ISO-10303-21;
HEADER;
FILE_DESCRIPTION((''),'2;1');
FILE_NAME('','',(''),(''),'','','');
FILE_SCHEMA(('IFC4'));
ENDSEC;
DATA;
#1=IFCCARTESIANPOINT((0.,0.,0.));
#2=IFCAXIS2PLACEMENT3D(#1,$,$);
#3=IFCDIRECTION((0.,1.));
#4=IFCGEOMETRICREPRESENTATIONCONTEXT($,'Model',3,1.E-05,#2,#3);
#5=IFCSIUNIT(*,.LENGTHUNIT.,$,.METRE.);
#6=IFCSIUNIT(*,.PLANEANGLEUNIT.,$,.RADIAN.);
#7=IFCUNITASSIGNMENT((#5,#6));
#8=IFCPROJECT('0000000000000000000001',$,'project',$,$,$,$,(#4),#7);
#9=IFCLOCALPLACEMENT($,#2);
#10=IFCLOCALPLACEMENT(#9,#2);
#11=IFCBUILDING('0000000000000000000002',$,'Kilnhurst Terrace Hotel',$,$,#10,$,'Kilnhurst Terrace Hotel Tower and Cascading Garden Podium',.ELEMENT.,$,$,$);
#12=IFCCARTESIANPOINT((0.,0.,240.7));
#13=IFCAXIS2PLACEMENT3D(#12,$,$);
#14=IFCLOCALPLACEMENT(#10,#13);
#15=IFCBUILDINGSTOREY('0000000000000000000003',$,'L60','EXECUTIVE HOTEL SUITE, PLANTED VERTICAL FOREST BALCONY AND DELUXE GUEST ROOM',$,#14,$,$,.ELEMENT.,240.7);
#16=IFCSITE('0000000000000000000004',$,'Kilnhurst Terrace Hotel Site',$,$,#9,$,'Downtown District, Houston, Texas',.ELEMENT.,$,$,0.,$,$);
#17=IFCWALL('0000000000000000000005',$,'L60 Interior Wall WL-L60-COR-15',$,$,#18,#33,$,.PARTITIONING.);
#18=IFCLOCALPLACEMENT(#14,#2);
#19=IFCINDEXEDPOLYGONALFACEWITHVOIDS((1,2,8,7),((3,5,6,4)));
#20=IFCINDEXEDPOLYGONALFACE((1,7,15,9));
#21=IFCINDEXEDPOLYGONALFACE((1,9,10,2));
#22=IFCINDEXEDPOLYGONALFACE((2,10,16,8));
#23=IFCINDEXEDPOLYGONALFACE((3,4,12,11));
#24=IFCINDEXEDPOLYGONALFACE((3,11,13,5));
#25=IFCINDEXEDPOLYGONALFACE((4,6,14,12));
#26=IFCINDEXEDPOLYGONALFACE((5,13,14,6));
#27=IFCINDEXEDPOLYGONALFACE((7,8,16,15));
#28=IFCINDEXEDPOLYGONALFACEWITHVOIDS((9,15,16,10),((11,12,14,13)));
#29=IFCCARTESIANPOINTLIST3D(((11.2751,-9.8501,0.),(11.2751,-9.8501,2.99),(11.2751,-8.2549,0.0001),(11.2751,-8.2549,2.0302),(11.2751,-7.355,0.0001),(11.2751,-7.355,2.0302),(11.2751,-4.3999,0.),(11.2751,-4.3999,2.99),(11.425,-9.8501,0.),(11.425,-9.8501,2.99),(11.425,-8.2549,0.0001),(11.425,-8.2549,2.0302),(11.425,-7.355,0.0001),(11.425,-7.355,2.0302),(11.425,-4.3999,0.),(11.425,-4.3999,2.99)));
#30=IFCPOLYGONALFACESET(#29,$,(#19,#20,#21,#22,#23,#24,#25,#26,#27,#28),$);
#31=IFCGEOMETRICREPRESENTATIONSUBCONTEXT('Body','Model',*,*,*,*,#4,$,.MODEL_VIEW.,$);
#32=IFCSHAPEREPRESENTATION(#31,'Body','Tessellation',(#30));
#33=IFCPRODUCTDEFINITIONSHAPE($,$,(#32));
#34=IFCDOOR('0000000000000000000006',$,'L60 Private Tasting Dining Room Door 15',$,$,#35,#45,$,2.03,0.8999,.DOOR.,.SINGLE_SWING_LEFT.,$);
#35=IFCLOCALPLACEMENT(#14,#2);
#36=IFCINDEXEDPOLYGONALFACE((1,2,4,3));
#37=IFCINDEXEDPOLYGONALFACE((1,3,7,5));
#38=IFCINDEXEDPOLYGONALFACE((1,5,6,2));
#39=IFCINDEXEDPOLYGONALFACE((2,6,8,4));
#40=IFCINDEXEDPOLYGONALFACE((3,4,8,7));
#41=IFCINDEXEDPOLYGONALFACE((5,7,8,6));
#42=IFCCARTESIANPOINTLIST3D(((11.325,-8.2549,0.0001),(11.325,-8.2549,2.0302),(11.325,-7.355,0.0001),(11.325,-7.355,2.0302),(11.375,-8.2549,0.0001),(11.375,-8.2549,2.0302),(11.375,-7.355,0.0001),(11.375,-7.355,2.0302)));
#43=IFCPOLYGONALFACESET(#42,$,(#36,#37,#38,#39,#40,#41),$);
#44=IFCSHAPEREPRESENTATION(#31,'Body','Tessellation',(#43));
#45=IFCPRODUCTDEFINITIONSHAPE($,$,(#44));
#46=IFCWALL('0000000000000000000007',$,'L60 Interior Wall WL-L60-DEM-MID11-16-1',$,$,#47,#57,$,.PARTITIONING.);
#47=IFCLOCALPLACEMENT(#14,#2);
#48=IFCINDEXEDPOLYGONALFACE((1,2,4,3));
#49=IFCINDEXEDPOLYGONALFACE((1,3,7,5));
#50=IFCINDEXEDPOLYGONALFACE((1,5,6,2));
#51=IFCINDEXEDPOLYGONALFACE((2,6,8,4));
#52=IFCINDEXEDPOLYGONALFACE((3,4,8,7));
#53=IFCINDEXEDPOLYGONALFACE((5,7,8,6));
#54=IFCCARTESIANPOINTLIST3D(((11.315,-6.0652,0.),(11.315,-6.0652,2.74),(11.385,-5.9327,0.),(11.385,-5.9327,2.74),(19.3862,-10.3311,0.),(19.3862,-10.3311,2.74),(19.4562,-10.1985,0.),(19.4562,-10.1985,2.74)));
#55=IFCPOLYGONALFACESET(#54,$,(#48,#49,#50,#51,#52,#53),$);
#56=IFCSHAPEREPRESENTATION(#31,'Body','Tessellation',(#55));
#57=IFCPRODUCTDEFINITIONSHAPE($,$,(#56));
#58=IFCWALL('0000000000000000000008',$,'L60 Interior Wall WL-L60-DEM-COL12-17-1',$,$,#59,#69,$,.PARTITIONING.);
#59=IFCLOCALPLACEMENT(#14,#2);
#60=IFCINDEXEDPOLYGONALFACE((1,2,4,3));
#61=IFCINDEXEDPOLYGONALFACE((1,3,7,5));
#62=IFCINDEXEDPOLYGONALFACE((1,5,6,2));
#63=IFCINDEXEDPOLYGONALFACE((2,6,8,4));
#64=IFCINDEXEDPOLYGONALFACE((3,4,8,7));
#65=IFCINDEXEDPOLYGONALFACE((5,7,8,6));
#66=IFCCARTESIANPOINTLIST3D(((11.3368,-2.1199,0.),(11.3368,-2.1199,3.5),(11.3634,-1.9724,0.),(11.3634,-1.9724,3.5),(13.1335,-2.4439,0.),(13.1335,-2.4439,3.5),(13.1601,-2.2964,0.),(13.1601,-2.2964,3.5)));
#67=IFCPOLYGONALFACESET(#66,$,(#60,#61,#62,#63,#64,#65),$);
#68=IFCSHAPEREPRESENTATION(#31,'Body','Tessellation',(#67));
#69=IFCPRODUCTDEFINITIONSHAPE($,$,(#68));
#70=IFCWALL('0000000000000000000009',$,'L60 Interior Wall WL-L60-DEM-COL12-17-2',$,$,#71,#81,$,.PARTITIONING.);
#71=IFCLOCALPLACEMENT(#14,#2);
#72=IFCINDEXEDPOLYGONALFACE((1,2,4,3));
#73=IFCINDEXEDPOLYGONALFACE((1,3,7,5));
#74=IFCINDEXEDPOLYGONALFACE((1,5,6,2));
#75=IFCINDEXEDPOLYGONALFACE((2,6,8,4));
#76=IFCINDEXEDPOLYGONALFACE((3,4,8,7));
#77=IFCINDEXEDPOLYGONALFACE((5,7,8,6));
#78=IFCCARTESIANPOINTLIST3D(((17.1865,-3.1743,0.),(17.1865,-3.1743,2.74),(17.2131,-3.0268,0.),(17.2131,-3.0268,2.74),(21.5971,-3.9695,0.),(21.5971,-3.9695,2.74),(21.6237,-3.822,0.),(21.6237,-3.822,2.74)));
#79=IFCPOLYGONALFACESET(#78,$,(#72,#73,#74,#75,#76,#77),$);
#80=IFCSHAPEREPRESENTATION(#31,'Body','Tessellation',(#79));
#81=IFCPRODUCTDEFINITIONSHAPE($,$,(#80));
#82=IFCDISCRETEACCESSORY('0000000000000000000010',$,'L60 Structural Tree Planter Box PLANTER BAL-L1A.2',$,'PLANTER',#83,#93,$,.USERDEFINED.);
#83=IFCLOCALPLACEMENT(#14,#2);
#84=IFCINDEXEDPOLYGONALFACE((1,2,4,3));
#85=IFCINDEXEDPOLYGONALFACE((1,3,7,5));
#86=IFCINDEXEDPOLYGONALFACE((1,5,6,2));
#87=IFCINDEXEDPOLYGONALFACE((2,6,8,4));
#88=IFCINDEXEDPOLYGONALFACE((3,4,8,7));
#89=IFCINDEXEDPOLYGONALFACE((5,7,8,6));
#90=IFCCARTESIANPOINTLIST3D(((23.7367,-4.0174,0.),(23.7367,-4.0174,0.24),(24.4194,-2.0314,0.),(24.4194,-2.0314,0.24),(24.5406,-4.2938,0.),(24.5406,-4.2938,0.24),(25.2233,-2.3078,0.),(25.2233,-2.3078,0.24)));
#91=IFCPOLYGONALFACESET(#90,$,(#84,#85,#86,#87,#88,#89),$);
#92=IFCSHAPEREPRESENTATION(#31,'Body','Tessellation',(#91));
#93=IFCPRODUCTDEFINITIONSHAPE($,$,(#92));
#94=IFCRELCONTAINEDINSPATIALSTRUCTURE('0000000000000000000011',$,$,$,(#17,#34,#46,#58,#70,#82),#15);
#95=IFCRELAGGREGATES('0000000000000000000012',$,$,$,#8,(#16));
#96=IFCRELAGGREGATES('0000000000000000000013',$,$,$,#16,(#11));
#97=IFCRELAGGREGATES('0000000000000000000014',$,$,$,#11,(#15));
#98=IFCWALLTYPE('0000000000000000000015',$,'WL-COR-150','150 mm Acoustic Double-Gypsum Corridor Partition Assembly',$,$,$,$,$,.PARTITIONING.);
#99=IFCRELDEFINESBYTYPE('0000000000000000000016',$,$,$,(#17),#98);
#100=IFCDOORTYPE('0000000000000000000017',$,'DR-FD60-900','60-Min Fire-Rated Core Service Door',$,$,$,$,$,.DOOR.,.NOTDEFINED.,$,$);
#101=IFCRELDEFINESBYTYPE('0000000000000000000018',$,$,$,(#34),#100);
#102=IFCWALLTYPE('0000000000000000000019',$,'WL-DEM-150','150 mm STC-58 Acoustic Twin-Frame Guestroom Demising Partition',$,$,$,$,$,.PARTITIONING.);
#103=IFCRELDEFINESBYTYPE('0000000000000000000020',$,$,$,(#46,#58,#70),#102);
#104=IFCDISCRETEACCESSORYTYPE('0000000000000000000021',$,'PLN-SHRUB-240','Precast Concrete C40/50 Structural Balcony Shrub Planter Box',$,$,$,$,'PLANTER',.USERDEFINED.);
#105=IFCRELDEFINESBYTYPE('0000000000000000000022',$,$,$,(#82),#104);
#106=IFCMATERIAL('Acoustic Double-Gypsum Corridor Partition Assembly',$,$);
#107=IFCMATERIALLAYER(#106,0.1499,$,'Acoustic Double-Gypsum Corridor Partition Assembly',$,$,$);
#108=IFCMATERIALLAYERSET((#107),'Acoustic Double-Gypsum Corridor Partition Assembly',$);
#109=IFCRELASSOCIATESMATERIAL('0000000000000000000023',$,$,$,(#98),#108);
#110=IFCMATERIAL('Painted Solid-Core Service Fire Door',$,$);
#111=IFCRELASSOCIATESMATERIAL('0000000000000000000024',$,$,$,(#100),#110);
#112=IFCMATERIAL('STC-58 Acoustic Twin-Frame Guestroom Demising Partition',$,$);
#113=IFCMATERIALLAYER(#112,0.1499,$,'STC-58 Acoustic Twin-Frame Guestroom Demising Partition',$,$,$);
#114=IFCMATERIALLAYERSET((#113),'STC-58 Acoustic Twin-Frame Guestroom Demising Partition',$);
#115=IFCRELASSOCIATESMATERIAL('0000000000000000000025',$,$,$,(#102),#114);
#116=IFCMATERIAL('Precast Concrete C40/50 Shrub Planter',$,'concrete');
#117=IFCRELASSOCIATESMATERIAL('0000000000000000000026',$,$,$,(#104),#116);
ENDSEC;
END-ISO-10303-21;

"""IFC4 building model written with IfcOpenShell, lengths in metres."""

from ifc_helpers import new_model, si_unit, direction, frame, frame_2d, origin, origin_2d, place, context, subcontext, project, spatial, rectangle, extrude, material, layer, layer_set, type_object, element, fill, save


model = new_model("IFC4")

# Units and contexts
model_context = context("Model", 3, precision=1e-05, world=origin(), true_north=direction((0.0, 1.0)))
body_context = subcontext(model_context, "Body", "Model", "MODEL_VIEW")
ifc_project = project(units=[si_unit("LENGTHUNIT", "METRE"), si_unit("PLANEANGLEUNIT", "RADIAN")], contexts=[model_context])

# Site, building, storey
site_placement = place(None, origin())
site = spatial("IfcSite", under=ifc_project, at=site_placement, Name="Kilnhurst Terrace Hotel Site", LongName="Downtown District, Houston, Texas", CompositionType="ELEMENT", RefElevation=0.0)
building_placement = place(site_placement, origin())
building = spatial("IfcBuilding", under=site, at=building_placement, Name="Kilnhurst Terrace Hotel", LongName="Kilnhurst Terrace Hotel Tower and Cascading Garden Podium", CompositionType="ELEMENT")
storey_placement = place(building_placement, frame((0.0, 0.0, 240.7)))
storey = spatial("IfcBuildingStorey", under=building, at=storey_placement, Name="L60", Description="EXECUTIVE HOTEL SUITE, PLANTED VERTICAL FOREST BALCONY AND DELUXE GUEST ROOM", CompositionType="ELEMENT", Elevation=240.7)

# Shared definitions
ifc_material_1 = material(Name="Acoustic Double-Gypsum Corridor Partition Assembly")
ifc_layer_1 = layer(ifc_material_1, 0.1499, Name="Acoustic Double-Gypsum Corridor Partition Assembly")
ifc_layer_set_1 = layer_set([ifc_layer_1], Name="Acoustic Double-Gypsum Corridor Partition Assembly")
wall_type_1 = type_object("IfcWallType", Name="WL-COR-150", Description="150 mm Acoustic Double-Gypsum Corridor Partition Assembly", PredefinedType="PARTITIONING", material=ifc_layer_set_1)

# Wall, opening, door
ifc_material_2 = material(Name="Painted Solid-Core Service Fire Door")
door_type_1 = type_object("IfcDoorType", Name="DR-FD60-900", Description="60-Min Fire-Rated Core Service Door", OperationType="NOTDEFINED", PredefinedType="DOOR", material=ifc_material_2)
wall_1_placement = place(storey_placement, frame((11.3501, -4.3999, 0.0), z_axis=(0.0, 0.0, 1.0), x_axis=(0.0, -1.0, 0.0)))
wall_1 = element("IfcWall", 1, at=wall_1_placement, inside=storey, type_object=wall_type_1, Name="L60 Interior Wall WL-L60-COR-15", PredefinedType="PARTITIONING", context=body_context, shape_type="SweptSolid", body=[
    extrude(rectangle(XDim=5.4502, YDim=0.1499, at=frame_2d((2.7251, 0.0))), origin(), (0.0, 0.0, 1.0), 2.99),
])
opening_1_placement = place(wall_1_placement, frame((2.9551, 0.0, 0.0)))
opening_1 = element("IfcOpeningElement", 2, at=opening_1_placement, cuts=wall_1, PredefinedType="OPENING", context=body_context, shape_type="SweptSolid", body=[
    extrude(rectangle(XDim=0.8999, YDim=2.03, at=frame_2d((0.45, 1.0151))), frame((0.0, 0.085, 0.0), z_axis=(0.0, -1.0, 0.0), x_axis=(1.0, 0.0, 0.0)), (0.0, 0.0, 1.0), 0.1699),
])
door_1_placement = place(opening_1_placement, origin())
door_1 = element("IfcDoor", 3, at=door_1_placement, inside=storey, type_object=door_type_1, Name="L60 Private Tasting Dining Room Door 15", OperationType="SINGLE_SWING_LEFT", OverallHeight=2.03, OverallWidth=0.8999, PredefinedType="DOOR", context=body_context, shape_type="SweptSolid", body=[
    extrude(rectangle(XDim=0.8999, YDim=2.03, at=frame_2d((0.45, 1.0151))), frame((0.0, 0.0249, 0.0), z_axis=(0.0, -1.0, 0.0), x_axis=(1.0, 0.0, 0.0)), (0.0, 0.0, 1.0), 0.05),
])
fill(opening_1, door_1)

# Walls
ifc_material_3 = material(Name="STC-58 Acoustic Twin-Frame Guestroom Demising Partition")
ifc_layer_2 = layer(ifc_material_3, 0.1499, Name="STC-58 Acoustic Twin-Frame Guestroom Demising Partition")
ifc_layer_set_2 = layer_set([ifc_layer_2], Name="STC-58 Acoustic Twin-Frame Guestroom Demising Partition")
wall_type_2 = type_object("IfcWallType", Name="WL-DEM-150", Description="150 mm STC-58 Acoustic Twin-Frame Guestroom Demising Partition", PredefinedType="PARTITIONING", material=ifc_layer_set_2)
wall_2_placement = place(storey_placement, frame((11.3501, -5.999, 0.0), z_axis=(0.0, 0.0, 1.0), x_axis=(0.884112, -0.467274, 0.0)))
element("IfcWall", 4, at=wall_2_placement, inside=storey, type_object=wall_type_2, Name="L60 Interior Wall WL-L60-DEM-MID11-16-1", PredefinedType="PARTITIONING", context=body_context, shape_type="SweptSolid", body=[
    extrude(rectangle(XDim=9.1292, YDim=0.1499, at=frame_2d((4.5645, 0.0))), origin(), (0.0, 0.0, 1.0), 2.74),
])
wall_3_placement = place(storey_placement, frame((11.3501, -2.0461, 0.0), z_axis=(0.0, 0.0, 1.0), x_axis=(0.984128, -0.177461, 0.0)))
element("IfcWall", 5, at=wall_3_placement, inside=storey, type_object=wall_type_2, Name="L60 Interior Wall WL-L60-DEM-COL12-17-1", PredefinedType="PARTITIONING", context=body_context, shape_type="SweptSolid", body=[
    extrude(rectangle(XDim=1.8257, YDim=0.1499, at=frame_2d((0.9128, 0.0))), origin(), (0.0, 0.0, 1.0), 3.5),
])
wall_4_placement = place(storey_placement, frame((17.2, -3.1006, 0.0), z_axis=(0.0, 0.0, 1.0), x_axis=(0.984135, -0.177423, 0.0)))
element("IfcWall", 6, at=wall_4_placement, inside=storey, type_object=wall_type_2, Name="L60 Interior Wall WL-L60-DEM-COL12-17-2", PredefinedType="PARTITIONING", context=body_context, shape_type="SweptSolid", body=[
    extrude(rectangle(XDim=4.4817, YDim=0.1499, at=frame_2d((2.2407, 0.0))), origin(), (0.0, 0.0, 1.0), 2.74),
])

# Discrete accessory
ifc_material_4 = material(Name="Precast Concrete C40/50 Shrub Planter", Category="concrete")
discrete_accessory_type = type_object("IfcDiscreteAccessoryType", Name="PLN-SHRUB-240", Description="Precast Concrete C40/50 Structural Balcony Shrub Planter Box", ElementType="PLANTER", PredefinedType="USERDEFINED", material=ifc_material_4)
discrete_accessory_placement = place(storey_placement, frame((24.48, -3.1626, 0.0), z_axis=(0.0, 0.0, 1.0), x_axis=(0.32509, 0.945683, 0.0)))
element("IfcDiscreteAccessory", 7, at=discrete_accessory_placement, inside=storey, type_object=discrete_accessory_type, Name="L60 Structural Tree Planter Box PLANTER BAL-L1A.2", ObjectType="PLANTER", PredefinedType="USERDEFINED", context=body_context, shape_type="SweptSolid", body=[
    extrude(rectangle(XDim=2.1001, YDim=0.8501, at=origin_2d()), origin(), (0.0, 0.0, 1.0), 0.24),
])

save(model, "model.ifc")
